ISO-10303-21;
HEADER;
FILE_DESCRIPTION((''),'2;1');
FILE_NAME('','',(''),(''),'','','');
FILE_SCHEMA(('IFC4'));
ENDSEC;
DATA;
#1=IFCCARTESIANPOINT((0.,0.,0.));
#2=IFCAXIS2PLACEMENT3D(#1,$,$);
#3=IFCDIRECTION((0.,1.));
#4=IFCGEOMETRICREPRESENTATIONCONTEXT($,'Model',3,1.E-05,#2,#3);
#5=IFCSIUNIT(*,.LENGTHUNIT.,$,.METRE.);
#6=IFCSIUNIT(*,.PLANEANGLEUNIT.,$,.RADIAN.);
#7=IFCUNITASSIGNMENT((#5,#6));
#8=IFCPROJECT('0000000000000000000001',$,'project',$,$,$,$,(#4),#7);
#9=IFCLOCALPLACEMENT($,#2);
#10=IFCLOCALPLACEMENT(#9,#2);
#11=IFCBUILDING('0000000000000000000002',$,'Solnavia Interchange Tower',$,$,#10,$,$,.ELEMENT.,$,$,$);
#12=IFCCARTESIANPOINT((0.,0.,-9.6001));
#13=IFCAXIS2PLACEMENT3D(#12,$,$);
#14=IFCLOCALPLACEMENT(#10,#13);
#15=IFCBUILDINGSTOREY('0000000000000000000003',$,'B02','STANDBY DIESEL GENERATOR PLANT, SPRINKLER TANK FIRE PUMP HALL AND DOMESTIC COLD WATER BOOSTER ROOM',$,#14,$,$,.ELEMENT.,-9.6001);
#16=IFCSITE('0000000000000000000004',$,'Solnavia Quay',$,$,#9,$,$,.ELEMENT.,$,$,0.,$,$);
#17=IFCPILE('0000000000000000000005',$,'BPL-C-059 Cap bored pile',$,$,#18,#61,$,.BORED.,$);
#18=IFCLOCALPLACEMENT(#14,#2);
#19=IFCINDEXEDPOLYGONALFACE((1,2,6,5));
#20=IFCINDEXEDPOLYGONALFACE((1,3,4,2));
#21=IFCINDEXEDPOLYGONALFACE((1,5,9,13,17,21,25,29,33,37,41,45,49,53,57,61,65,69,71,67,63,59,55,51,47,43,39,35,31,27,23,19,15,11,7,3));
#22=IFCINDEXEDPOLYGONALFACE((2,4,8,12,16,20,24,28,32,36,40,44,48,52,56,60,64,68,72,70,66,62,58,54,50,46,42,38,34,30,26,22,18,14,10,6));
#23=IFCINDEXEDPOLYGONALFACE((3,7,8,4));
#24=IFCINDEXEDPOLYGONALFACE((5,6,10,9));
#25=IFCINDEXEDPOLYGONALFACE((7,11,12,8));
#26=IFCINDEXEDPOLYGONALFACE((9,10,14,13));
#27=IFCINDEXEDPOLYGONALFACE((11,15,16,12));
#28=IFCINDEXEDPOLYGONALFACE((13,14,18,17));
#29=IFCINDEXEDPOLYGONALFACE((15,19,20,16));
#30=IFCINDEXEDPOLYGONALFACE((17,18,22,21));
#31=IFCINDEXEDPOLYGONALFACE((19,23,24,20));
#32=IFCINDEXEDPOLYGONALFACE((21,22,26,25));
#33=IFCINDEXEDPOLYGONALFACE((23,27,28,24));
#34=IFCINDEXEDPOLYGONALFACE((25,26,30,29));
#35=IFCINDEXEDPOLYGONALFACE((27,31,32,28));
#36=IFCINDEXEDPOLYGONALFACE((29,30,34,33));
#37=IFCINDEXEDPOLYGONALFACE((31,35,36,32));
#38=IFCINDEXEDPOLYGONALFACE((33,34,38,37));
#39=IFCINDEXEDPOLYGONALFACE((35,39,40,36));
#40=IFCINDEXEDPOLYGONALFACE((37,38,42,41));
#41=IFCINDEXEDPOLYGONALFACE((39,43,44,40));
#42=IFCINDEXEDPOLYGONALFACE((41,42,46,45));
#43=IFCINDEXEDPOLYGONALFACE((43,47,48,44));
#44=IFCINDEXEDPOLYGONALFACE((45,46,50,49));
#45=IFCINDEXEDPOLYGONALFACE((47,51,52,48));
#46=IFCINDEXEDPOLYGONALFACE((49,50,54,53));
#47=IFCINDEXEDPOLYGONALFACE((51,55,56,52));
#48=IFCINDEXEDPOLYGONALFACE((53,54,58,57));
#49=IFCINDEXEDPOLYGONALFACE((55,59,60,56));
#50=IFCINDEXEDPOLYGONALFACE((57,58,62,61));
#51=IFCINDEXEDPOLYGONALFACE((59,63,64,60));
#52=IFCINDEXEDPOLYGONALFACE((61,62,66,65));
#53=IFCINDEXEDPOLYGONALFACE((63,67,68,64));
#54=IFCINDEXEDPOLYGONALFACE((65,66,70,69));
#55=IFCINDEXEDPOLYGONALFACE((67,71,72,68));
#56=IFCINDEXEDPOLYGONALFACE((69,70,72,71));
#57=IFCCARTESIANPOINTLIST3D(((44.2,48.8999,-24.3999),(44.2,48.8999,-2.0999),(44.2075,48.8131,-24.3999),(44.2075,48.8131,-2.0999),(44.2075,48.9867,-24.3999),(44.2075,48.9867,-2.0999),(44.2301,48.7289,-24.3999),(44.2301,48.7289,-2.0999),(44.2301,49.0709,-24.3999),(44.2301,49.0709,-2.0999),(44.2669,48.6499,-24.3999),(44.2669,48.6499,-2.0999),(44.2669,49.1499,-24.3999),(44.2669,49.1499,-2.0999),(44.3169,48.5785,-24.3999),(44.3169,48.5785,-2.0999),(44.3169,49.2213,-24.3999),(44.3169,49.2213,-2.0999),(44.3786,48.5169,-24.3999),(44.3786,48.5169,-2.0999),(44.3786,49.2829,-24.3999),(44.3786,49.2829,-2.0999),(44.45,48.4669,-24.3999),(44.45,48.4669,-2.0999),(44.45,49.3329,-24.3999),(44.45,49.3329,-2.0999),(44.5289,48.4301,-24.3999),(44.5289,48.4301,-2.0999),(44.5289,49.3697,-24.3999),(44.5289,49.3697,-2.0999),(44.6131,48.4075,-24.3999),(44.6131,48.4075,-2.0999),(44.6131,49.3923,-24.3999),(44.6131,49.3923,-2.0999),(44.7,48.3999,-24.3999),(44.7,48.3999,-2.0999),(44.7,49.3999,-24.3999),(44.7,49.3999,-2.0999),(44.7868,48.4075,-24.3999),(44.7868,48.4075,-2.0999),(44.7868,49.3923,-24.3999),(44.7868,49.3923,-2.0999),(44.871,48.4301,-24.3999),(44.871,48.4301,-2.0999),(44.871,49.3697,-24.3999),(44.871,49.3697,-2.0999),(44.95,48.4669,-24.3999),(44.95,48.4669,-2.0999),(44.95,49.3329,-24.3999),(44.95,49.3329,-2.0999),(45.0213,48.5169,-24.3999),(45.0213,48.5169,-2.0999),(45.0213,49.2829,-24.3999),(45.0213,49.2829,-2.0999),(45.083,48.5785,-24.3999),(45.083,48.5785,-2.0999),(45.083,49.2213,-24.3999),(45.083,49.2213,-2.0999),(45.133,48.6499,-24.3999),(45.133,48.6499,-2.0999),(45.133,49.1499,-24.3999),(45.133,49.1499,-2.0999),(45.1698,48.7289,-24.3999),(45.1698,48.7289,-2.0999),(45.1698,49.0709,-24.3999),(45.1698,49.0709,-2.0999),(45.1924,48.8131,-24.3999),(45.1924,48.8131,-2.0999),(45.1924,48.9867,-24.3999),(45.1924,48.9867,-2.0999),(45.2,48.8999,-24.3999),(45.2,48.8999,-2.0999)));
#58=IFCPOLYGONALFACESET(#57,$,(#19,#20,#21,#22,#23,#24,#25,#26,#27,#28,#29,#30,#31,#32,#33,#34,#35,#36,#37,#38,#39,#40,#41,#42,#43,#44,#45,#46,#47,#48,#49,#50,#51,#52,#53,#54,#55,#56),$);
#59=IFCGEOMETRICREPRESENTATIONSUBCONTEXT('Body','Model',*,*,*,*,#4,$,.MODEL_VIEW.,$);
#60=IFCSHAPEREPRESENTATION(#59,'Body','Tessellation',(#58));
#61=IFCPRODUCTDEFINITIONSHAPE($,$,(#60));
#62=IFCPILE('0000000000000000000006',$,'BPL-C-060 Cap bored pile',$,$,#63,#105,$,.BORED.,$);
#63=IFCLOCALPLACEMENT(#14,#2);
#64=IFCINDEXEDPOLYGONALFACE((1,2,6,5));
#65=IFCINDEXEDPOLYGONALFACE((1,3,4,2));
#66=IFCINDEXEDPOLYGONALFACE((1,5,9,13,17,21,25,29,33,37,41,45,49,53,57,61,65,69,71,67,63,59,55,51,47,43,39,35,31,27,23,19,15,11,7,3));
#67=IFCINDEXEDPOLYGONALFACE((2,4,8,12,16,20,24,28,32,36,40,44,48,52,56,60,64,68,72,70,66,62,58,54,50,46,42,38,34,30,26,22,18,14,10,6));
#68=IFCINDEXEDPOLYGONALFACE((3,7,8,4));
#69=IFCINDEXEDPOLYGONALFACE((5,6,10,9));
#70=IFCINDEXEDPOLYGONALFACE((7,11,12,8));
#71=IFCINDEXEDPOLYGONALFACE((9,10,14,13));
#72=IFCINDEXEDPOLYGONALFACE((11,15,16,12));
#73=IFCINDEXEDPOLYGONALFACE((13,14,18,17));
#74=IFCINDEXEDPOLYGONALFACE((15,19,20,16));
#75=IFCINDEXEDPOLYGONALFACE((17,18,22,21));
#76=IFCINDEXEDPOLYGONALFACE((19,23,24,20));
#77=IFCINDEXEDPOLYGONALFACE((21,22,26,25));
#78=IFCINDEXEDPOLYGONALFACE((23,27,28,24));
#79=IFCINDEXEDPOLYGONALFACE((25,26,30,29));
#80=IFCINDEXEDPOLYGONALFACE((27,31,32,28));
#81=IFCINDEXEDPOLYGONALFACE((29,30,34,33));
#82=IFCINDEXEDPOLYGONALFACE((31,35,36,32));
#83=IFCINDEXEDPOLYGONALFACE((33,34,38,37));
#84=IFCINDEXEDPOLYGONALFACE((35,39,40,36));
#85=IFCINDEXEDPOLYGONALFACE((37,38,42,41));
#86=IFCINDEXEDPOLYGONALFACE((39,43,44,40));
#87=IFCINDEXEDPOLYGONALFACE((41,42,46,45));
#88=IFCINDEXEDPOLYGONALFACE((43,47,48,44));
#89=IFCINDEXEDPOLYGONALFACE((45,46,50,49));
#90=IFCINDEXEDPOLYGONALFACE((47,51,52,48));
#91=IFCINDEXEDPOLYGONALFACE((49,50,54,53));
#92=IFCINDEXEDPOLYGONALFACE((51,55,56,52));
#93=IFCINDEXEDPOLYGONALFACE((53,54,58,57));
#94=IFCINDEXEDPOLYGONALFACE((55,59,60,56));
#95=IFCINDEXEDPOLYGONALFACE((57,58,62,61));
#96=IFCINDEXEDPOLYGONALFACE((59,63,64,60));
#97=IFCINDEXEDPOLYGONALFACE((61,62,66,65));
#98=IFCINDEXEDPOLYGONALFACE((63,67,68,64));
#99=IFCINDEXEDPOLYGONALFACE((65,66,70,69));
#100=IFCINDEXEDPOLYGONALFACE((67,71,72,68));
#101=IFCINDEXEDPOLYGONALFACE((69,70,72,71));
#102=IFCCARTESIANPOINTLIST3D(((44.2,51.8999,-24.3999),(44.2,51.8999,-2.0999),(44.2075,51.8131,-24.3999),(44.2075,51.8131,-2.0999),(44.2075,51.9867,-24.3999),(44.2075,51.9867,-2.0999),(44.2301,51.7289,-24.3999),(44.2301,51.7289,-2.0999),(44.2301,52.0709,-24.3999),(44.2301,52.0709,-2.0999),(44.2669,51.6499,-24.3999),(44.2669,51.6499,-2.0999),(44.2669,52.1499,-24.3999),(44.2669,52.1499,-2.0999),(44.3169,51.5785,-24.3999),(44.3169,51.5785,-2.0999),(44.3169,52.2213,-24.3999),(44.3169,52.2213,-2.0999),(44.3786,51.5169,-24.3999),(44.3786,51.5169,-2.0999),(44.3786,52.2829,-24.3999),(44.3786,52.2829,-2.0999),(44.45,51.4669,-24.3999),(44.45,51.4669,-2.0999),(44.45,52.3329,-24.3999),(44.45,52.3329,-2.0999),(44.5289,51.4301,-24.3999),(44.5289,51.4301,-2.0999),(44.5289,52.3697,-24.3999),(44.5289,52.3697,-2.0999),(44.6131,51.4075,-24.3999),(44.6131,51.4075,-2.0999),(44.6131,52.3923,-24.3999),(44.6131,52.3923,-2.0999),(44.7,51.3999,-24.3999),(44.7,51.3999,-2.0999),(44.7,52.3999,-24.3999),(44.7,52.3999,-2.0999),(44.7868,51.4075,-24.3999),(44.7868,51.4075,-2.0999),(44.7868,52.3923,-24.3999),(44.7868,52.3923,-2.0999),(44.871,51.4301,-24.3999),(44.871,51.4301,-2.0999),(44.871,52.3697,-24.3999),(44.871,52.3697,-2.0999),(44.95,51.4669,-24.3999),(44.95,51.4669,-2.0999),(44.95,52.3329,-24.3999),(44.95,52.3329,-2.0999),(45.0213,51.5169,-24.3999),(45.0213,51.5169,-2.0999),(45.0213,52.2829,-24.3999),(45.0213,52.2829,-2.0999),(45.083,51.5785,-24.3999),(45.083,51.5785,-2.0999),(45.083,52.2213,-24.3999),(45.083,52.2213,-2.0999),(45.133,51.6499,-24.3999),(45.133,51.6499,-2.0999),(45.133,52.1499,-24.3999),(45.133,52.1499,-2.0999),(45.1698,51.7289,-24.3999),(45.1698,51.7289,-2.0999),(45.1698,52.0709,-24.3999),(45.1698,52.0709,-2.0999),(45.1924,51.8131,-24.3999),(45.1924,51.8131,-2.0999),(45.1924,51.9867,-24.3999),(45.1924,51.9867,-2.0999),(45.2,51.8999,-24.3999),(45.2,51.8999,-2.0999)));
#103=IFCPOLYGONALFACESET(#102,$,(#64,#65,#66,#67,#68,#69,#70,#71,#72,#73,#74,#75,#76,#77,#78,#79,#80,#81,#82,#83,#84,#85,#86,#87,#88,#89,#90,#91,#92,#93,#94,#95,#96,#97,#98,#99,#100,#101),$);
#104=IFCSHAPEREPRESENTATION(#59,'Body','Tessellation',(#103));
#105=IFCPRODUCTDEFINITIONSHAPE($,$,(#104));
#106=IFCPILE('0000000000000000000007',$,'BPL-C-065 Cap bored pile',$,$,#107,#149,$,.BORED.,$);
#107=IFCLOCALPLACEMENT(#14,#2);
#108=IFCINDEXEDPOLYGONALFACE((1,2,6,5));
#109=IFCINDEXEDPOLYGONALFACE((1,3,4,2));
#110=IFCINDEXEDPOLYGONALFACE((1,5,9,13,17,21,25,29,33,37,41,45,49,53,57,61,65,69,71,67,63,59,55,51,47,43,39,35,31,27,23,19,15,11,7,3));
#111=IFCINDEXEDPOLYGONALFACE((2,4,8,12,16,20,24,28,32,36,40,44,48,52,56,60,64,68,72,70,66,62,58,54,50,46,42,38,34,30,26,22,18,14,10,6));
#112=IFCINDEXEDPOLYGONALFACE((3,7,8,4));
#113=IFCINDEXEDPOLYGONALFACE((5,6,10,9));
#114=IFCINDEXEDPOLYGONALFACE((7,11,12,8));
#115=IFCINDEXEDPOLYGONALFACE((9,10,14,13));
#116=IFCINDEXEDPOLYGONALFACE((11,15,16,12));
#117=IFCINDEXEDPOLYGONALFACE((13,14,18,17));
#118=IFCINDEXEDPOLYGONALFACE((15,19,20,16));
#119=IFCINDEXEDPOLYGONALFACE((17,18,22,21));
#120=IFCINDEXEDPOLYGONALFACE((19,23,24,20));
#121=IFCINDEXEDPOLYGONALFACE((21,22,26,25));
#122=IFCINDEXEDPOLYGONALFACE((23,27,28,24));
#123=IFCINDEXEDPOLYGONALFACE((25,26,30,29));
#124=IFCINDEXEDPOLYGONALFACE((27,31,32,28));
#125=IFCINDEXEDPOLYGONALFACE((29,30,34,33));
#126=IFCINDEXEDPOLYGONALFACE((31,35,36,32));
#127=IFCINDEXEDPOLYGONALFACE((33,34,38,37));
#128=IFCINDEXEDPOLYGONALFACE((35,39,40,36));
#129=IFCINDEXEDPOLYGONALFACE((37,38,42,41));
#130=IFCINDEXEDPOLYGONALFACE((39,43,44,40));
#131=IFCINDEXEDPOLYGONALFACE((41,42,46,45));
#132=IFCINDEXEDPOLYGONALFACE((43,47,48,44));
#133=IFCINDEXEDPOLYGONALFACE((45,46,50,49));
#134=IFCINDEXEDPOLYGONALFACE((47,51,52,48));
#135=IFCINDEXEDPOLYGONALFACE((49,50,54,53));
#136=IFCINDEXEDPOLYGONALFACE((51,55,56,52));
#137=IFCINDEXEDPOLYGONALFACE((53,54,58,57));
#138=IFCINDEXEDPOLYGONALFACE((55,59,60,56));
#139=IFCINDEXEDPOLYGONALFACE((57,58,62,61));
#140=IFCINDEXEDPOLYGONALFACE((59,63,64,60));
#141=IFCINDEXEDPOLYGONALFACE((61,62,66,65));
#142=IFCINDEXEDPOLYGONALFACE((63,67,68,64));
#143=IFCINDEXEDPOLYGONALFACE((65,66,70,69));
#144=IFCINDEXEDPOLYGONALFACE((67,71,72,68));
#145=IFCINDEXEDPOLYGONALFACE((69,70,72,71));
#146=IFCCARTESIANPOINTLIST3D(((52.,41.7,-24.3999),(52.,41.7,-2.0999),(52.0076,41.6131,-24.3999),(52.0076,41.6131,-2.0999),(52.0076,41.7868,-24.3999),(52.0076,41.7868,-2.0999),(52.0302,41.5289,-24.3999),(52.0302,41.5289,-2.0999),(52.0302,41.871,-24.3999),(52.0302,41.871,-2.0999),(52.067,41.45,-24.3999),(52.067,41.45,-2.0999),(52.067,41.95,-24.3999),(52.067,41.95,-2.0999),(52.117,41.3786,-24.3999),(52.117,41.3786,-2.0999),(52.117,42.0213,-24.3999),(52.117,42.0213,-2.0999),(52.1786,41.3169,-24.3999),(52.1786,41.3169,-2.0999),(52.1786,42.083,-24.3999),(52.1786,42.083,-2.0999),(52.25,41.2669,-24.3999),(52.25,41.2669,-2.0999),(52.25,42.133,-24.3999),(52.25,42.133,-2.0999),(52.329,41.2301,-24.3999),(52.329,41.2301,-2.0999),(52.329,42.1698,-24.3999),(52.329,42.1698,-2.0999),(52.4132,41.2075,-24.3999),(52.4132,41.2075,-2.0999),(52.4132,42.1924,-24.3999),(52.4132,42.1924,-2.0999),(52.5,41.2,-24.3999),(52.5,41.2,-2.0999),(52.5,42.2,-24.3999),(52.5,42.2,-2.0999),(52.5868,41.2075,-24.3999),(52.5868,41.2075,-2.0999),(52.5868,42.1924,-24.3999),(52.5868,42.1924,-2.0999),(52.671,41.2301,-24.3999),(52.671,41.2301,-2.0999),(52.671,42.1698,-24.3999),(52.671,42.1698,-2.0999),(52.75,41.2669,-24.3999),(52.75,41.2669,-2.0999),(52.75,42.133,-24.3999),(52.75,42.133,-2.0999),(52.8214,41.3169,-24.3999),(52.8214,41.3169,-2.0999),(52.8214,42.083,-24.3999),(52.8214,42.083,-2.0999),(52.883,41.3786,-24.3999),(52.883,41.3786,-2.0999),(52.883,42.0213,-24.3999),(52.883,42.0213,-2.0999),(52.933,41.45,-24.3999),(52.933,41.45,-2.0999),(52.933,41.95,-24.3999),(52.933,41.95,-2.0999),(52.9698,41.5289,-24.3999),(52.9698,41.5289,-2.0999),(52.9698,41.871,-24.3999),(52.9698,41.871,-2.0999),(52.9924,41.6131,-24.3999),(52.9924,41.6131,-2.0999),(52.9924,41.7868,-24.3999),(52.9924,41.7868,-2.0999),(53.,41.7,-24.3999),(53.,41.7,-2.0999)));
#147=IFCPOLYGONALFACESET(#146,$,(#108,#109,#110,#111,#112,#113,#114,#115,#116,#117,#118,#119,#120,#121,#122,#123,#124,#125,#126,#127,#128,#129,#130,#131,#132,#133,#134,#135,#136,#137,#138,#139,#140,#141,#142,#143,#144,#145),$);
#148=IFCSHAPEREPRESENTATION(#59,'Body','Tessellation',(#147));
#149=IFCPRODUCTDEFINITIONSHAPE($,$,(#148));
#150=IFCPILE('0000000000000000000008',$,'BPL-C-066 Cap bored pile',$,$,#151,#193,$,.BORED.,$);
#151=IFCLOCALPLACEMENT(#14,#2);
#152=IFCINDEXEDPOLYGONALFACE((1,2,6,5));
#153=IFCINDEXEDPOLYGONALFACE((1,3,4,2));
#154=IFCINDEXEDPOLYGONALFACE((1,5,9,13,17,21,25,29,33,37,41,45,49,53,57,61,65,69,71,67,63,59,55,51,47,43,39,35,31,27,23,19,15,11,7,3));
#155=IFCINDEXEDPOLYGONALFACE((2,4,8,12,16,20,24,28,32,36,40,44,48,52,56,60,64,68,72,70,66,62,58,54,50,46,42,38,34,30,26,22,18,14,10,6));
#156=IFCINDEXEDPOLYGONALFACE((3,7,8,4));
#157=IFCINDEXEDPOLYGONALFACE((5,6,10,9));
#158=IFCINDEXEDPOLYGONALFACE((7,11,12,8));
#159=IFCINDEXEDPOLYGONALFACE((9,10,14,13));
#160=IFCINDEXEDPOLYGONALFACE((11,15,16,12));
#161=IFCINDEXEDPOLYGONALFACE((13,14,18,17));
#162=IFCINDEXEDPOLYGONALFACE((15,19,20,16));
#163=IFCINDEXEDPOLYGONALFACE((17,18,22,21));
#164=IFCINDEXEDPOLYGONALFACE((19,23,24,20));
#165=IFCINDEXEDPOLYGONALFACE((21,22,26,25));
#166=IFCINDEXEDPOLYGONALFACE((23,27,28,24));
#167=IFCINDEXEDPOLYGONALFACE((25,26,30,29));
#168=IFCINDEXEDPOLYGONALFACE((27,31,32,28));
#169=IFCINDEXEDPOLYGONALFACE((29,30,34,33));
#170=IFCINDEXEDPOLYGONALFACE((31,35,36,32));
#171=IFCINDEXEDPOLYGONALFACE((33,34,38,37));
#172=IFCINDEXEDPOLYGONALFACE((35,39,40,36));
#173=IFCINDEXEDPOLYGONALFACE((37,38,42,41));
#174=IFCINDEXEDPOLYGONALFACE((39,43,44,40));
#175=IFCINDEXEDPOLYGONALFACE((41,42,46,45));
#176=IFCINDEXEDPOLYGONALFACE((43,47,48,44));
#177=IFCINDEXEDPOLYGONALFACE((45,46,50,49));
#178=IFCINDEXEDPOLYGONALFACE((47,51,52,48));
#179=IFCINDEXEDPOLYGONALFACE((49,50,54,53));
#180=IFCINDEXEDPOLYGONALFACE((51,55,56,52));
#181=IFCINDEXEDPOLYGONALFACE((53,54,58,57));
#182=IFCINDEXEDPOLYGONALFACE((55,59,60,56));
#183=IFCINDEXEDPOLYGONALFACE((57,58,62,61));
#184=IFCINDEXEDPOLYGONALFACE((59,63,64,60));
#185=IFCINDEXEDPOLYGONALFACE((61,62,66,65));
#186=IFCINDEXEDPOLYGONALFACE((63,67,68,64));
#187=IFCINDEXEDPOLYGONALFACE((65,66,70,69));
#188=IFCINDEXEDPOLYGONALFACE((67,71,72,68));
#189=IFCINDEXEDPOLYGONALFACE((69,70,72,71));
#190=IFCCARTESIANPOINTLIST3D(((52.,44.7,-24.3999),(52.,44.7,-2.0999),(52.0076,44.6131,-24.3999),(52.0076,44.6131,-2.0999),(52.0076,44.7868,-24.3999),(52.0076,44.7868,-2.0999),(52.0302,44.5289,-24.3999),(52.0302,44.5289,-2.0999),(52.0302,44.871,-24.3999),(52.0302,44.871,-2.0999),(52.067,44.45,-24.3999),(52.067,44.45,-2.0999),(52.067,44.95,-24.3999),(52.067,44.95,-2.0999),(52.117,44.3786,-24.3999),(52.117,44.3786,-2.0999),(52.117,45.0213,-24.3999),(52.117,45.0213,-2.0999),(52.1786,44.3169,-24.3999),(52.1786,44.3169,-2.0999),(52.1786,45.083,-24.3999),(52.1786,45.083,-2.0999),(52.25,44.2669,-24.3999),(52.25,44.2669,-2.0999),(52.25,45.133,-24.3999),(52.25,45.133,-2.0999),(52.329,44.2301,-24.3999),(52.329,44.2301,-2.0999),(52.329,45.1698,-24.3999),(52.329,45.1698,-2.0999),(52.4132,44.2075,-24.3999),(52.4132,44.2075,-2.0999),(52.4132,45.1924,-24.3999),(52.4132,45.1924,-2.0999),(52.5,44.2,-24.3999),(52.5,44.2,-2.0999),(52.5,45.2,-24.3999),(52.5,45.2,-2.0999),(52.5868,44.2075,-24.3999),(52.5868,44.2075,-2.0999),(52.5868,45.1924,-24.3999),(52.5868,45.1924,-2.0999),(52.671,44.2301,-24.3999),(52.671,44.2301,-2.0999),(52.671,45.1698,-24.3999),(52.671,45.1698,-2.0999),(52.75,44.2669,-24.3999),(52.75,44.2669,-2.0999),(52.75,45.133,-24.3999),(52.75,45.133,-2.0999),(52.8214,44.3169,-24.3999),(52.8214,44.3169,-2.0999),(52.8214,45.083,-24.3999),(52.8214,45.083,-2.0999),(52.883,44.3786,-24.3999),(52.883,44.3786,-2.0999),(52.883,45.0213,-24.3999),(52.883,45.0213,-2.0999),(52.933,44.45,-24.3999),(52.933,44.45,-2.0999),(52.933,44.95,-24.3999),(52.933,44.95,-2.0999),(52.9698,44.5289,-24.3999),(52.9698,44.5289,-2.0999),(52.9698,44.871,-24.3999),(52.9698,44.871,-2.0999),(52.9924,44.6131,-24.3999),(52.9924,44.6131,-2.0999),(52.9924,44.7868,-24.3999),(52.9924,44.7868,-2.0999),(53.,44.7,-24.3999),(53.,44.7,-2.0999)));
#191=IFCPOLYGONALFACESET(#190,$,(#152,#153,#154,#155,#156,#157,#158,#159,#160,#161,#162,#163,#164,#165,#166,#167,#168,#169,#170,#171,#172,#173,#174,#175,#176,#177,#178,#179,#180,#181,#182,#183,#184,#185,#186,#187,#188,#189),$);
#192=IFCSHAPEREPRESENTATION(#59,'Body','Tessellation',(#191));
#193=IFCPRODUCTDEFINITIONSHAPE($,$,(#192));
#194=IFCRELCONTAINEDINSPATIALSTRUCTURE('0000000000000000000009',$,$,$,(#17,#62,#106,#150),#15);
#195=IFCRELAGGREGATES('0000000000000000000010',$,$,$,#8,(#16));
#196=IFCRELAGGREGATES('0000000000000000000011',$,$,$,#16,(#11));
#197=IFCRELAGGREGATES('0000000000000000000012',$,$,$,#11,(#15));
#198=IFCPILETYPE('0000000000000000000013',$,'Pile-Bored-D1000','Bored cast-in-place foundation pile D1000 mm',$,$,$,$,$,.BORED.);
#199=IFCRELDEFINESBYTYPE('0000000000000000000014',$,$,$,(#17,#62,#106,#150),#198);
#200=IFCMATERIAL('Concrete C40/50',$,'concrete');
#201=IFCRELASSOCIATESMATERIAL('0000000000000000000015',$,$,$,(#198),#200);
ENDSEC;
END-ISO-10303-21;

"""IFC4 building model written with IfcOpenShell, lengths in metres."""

from ifc_helpers import new_model, si_unit, direction, frame, origin, origin_2d, place, context, subcontext, project, spatial, circle, extrude, material, material_profile, profile_set, type_object, element, save


model = new_model("IFC4")

# Units and contexts
model_context = context("Model", 3, precision=1e-05, world=origin(), true_north=direction((0.0, 1.0)))
body_context = subcontext(model_context, "Body", "Model", "MODEL_VIEW")
ifc_project = project(units=[si_unit("LENGTHUNIT", "METRE"), si_unit("PLANEANGLEUNIT", "RADIAN")], contexts=[model_context])

# Site, building, storey
site_placement = place(None, origin())
site = spatial("IfcSite", under=ifc_project, at=site_placement, Name="Solnavia Quay", CompositionType="ELEMENT", RefElevation=0.0)
building_placement = place(site_placement, origin())
building = spatial("IfcBuilding", under=site, at=building_placement, Name="Solnavia Interchange Tower", CompositionType="ELEMENT")
storey_placement = place(building_placement, frame((0.0, 0.0, -9.6001)))
storey = spatial("IfcBuildingStorey", under=building, at=storey_placement, Name="B02", Description="STANDBY DIESEL GENERATOR PLANT, SPRINKLER TANK FIRE PUMP HALL AND DOMESTIC COLD WATER BOOSTER ROOM", CompositionType="ELEMENT", Elevation=-9.6001)

# Shared definitions
ifc_material_1 = material(Name="Concrete C40/50", Category="concrete")

# Piles
ifc_material_profile_1 = material_profile(ifc_material_1, circle(Radius=0.5, at=origin_2d()), Name="PILE D1000")
ifc_profile_set_1 = profile_set([ifc_material_profile_1], Name="Concrete C40/50")
pile_type = type_object("IfcPileType", Name="Pile-Bored-D1000", Description="Bored cast-in-place foundation pile D1000 mm", PredefinedType="BORED", material=ifc_profile_set_1)
for number, where, z_axis, x_axis, name in (
    (1, (44.7, 48.8999, -2.0999), (0.0, 0.0, -1.0), (1.0, 0.0, 0.0), "BPL-C-059 Cap bored pile"),
    (2, (44.7, 51.8999, -2.0999), (0.0, 0.0, -1.0), (1.0, 0.0, 0.0), "BPL-C-060 Cap bored pile"),
    (3, (52.5, 41.7, -2.0999), (0.0, 0.0, -1.0), (1.0, 0.0, 0.0), "BPL-C-065 Cap bored pile"),
    (4, (52.5, 44.7, -2.0999), (0.0, 0.0, -1.0), (1.0, 0.0, 0.0), "BPL-C-066 Cap bored pile"),
):
    element("IfcPile", number, at=place(storey_placement, frame(where, z_axis=z_axis, x_axis=x_axis)), inside=storey, type_object=pile_type, Name=name, PredefinedType="BORED", context=body_context, shape_type="SweptSolid", body=[
        extrude(circle(Radius=0.5, at=origin_2d()), origin(), (0.0, 0.0, 1.0), 22.3),
    ])

save(model, "model.ifc")
